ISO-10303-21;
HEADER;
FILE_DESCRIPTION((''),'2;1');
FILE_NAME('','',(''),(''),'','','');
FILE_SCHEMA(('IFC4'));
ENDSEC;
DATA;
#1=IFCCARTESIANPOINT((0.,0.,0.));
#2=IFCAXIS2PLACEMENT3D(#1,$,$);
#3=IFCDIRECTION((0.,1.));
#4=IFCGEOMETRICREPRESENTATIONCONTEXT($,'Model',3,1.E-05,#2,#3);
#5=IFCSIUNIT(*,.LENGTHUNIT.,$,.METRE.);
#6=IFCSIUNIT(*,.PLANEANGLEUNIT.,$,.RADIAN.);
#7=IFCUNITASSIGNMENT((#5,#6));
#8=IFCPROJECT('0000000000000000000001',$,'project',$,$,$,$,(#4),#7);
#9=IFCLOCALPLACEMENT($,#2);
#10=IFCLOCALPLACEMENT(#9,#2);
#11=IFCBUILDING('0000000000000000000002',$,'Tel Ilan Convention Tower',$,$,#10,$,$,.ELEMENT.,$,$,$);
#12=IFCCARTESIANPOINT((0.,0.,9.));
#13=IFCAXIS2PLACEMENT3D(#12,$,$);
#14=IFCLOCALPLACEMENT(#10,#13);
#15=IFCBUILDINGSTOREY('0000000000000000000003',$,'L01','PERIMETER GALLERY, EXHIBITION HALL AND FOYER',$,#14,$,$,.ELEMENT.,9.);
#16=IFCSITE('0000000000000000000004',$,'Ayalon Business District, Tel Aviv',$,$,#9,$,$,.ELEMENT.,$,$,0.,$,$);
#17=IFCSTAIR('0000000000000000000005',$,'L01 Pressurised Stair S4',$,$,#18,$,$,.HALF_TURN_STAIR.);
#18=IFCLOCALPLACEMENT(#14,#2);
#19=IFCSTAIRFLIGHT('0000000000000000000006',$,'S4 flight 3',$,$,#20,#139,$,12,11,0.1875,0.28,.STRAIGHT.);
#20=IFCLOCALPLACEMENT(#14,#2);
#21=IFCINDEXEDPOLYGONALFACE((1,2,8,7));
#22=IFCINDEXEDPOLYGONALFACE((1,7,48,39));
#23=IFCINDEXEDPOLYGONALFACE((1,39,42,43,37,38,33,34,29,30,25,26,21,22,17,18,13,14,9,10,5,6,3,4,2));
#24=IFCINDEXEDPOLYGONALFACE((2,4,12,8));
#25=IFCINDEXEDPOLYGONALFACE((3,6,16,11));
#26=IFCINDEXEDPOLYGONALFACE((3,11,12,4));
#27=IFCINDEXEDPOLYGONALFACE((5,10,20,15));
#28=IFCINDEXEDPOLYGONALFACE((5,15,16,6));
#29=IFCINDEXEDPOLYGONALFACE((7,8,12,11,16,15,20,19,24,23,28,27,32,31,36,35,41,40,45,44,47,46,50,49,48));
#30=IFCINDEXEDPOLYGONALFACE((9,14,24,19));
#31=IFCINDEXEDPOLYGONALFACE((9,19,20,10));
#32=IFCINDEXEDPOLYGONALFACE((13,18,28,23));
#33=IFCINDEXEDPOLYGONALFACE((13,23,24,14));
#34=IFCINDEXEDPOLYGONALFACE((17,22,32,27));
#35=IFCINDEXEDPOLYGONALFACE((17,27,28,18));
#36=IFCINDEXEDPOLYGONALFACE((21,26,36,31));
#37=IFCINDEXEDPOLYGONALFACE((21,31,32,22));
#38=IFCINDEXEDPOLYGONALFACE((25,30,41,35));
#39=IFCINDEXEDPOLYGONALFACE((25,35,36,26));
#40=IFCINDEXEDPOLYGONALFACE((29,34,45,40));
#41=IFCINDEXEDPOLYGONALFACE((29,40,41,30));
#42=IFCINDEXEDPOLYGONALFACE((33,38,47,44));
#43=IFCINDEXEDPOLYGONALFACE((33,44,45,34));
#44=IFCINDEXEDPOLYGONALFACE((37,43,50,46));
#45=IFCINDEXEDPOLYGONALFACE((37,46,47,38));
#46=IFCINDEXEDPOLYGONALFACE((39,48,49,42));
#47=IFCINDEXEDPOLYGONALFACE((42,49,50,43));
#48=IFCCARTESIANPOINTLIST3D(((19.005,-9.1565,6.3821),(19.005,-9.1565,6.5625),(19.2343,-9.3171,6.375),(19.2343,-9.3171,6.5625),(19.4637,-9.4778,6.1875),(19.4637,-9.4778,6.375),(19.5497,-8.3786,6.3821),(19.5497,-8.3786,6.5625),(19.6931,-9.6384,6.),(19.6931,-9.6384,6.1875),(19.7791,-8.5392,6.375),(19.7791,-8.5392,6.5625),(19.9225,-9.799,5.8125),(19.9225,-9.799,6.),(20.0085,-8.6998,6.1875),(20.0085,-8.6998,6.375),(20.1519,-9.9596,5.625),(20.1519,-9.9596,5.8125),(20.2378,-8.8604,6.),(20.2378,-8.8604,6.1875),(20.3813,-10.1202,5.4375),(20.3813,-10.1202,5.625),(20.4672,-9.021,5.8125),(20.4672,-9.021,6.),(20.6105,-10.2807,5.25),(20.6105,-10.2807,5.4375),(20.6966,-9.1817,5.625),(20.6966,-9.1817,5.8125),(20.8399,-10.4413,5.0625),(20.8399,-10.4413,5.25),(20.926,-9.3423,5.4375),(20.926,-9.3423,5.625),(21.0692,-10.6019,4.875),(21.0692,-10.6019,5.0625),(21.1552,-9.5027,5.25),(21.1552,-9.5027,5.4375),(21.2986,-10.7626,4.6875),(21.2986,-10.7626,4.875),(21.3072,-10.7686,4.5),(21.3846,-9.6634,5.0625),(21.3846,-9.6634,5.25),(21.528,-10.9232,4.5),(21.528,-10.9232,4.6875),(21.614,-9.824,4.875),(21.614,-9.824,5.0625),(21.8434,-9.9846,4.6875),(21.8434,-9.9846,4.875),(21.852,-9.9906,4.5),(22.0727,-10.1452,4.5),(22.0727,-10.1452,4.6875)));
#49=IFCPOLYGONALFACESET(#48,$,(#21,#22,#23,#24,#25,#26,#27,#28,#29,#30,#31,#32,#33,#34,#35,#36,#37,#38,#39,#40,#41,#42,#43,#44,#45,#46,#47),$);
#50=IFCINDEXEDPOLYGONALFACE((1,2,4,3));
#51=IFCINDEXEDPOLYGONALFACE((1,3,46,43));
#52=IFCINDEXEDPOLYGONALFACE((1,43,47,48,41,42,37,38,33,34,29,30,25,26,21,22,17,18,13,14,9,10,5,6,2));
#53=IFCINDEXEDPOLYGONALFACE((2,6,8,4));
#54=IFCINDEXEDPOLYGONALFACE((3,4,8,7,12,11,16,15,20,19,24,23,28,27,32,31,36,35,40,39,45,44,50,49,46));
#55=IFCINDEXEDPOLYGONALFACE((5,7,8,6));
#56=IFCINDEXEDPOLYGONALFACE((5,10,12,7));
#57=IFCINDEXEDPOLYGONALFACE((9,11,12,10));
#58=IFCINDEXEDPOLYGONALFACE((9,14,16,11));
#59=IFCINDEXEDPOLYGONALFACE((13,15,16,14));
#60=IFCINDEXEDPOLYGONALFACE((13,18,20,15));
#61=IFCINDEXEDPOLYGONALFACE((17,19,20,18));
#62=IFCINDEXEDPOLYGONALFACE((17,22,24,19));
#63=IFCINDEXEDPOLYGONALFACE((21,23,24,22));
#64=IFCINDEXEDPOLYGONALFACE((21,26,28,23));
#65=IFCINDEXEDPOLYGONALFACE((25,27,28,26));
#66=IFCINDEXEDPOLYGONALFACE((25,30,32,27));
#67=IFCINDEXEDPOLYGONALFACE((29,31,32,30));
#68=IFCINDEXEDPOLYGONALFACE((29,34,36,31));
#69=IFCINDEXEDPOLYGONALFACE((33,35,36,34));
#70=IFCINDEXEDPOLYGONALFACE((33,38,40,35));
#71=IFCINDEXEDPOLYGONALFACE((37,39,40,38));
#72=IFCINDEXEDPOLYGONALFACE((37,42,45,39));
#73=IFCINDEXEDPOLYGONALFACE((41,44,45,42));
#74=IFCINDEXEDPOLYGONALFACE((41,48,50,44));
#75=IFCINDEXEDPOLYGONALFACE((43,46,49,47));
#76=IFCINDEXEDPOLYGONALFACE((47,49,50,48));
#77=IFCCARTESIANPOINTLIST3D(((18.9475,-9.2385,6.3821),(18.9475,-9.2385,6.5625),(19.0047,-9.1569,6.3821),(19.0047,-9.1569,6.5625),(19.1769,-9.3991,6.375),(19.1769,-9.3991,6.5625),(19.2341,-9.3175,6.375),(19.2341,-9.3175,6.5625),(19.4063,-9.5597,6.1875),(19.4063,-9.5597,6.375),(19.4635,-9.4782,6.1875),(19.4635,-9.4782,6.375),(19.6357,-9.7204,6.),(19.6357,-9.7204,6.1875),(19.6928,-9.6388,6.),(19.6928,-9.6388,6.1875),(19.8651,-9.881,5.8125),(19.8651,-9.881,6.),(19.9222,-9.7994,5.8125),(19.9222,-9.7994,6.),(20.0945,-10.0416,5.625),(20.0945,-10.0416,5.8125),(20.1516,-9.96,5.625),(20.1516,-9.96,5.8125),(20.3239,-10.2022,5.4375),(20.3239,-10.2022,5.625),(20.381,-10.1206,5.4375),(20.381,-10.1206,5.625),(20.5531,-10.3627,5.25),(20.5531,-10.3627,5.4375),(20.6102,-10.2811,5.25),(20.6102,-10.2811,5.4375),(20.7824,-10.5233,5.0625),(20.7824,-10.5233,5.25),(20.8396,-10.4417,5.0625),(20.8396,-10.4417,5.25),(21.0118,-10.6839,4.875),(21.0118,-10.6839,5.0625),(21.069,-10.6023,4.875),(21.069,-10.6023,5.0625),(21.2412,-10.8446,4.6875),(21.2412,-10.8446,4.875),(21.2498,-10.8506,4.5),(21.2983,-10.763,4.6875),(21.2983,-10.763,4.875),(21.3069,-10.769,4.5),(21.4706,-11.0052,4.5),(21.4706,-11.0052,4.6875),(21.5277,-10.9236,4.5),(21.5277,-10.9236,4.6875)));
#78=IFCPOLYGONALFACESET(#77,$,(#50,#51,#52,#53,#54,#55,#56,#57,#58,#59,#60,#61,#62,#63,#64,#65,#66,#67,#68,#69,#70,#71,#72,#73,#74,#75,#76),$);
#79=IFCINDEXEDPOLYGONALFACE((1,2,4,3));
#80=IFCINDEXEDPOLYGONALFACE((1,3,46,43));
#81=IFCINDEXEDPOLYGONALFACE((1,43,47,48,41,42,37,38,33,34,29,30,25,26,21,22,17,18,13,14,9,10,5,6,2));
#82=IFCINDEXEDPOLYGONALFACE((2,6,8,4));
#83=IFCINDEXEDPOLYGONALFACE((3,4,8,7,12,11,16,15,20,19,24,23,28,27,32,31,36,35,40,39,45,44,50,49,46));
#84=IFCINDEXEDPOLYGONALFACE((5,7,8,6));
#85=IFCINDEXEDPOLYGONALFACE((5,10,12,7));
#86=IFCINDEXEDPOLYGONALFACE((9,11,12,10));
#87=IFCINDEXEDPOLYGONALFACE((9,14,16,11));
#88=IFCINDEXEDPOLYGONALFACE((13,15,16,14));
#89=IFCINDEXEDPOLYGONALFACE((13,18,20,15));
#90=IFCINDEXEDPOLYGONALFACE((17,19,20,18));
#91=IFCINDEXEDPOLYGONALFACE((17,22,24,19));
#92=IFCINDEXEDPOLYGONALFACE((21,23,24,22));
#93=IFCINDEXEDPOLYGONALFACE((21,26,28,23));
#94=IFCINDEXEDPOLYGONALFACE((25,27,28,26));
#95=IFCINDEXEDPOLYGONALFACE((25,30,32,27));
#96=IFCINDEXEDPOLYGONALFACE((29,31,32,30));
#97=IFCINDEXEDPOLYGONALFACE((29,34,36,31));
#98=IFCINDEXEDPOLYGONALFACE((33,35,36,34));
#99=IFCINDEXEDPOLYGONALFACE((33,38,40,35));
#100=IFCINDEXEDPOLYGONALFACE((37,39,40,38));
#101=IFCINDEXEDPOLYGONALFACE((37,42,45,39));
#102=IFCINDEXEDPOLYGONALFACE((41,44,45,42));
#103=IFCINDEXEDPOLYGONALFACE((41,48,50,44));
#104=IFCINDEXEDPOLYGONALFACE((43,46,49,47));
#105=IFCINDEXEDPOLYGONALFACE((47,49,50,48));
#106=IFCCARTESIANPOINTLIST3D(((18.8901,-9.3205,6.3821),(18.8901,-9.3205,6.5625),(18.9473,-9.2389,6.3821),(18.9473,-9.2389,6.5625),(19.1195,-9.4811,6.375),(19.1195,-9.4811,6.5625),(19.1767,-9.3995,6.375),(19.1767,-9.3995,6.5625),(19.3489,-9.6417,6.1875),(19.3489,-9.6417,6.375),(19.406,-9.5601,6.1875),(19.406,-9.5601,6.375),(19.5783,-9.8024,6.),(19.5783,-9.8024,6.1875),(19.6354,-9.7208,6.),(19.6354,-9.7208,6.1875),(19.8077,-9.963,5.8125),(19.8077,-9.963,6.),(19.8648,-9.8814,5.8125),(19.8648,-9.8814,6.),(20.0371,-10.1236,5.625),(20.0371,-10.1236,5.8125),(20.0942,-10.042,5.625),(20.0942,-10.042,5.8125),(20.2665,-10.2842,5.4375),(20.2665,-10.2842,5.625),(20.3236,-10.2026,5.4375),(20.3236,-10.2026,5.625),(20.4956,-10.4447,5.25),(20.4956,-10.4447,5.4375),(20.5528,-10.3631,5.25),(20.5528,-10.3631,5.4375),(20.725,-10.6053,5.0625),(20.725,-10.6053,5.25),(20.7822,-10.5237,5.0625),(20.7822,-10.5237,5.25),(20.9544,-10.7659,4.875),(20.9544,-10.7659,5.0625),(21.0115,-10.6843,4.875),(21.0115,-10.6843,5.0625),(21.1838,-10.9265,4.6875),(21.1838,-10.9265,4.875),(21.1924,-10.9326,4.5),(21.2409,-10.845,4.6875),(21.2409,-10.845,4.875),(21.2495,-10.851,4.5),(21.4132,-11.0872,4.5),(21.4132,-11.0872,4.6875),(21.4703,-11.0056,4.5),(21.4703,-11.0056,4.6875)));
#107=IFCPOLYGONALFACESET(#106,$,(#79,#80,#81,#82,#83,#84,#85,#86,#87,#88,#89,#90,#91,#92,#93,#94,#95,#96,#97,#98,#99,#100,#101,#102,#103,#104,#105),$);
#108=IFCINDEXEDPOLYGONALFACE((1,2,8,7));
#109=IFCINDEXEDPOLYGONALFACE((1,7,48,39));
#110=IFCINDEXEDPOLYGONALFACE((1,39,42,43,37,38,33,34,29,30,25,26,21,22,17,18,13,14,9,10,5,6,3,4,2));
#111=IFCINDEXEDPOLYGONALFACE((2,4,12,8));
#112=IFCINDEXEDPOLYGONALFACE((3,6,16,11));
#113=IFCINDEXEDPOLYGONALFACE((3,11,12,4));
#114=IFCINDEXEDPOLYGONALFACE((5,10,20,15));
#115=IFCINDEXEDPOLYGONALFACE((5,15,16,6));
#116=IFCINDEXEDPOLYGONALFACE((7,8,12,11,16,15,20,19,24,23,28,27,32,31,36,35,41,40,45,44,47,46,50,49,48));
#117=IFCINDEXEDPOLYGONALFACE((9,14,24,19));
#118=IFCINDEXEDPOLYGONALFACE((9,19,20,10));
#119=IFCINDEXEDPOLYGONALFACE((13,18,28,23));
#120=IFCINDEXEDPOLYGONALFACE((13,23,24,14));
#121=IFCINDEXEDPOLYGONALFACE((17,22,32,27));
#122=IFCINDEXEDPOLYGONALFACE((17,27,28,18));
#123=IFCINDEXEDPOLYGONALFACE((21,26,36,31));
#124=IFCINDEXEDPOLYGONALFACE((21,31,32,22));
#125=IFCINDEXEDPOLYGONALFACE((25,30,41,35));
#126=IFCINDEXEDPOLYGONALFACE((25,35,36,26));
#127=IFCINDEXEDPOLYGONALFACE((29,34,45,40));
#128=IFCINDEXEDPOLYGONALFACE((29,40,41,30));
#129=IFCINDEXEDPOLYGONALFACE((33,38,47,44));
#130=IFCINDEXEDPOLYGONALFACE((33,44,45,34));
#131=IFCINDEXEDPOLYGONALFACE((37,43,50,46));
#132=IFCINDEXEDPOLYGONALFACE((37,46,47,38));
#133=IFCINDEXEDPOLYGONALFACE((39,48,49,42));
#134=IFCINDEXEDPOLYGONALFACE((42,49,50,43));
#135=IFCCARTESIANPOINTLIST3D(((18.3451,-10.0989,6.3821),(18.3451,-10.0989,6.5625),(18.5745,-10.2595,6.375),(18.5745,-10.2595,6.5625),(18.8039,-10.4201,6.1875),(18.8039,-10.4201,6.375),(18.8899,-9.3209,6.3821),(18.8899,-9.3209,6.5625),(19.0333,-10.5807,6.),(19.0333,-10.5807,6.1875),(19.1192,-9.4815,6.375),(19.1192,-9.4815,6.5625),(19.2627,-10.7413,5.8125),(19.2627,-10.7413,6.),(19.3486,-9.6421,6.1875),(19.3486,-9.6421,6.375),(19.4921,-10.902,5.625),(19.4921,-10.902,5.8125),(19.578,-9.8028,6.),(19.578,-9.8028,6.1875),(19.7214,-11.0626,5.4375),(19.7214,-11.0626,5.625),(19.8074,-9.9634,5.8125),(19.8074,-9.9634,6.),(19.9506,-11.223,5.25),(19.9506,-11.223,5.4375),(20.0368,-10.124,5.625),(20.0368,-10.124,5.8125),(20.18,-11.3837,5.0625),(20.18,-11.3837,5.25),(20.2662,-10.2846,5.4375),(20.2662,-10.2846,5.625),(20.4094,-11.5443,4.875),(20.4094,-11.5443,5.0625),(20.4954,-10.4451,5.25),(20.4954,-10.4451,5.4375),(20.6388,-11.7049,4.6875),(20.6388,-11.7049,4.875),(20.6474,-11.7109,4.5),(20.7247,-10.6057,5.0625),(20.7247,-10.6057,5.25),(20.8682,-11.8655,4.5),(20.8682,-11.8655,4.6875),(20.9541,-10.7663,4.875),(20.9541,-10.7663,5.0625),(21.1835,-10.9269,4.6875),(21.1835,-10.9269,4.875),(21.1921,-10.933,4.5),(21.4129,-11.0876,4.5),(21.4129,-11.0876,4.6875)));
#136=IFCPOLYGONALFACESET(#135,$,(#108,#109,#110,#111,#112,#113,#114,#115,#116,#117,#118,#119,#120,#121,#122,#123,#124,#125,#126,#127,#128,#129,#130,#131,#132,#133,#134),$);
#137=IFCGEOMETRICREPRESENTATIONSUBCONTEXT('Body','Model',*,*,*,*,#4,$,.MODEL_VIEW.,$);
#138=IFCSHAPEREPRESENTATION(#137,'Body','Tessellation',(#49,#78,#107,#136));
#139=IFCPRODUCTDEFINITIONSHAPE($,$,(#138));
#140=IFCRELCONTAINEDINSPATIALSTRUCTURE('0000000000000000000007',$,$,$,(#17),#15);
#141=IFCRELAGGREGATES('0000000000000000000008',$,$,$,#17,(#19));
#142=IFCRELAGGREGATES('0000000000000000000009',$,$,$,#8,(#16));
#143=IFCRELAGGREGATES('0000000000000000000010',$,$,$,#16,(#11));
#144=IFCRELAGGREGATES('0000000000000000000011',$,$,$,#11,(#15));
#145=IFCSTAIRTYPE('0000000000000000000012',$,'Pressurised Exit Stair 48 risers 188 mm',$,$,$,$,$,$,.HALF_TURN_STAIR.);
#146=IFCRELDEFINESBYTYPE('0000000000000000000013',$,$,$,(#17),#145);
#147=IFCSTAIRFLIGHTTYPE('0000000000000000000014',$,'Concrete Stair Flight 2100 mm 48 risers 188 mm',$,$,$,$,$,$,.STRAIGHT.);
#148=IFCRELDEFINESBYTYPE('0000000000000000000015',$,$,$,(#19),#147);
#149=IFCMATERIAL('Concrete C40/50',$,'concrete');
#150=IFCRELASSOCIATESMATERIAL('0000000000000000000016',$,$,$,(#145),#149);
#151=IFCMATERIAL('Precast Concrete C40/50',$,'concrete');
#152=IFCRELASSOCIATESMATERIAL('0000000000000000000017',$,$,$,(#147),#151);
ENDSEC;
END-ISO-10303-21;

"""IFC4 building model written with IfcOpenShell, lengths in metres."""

from ifc_helpers import new_model, si_unit, direction, frame, origin, place, context, subcontext, project, spatial, polyline, outline, extrude, material, type_object, element, aggregate, save


model = new_model("IFC4")

# Units and contexts
model_context = context("Model", 3, precision=1e-05, world=origin(), true_north=direction((0.0, 1.0)))
body_context = subcontext(model_context, "Body", "Model", "MODEL_VIEW")
ifc_project = project(units=[si_unit("LENGTHUNIT", "METRE"), si_unit("PLANEANGLEUNIT", "RADIAN")], contexts=[model_context])

# Site, building, storey
site_placement = place(None, origin())
site = spatial("IfcSite", under=ifc_project, at=site_placement, Name="Ayalon Business District, Tel Aviv", CompositionType="ELEMENT", RefElevation=0.0)
building_placement = place(site_placement, origin())
building = spatial("IfcBuilding", under=site, at=building_placement, Name="Tel Ilan Convention Tower", CompositionType="ELEMENT")
storey_placement = place(building_placement, frame((0.0, 0.0, 9.0)))
storey = spatial("IfcBuildingStorey", under=building, at=storey_placement, Name="L01", Description="PERIMETER GALLERY, EXHIBITION HALL AND FOYER", CompositionType="ELEMENT", Elevation=9.0)

# Stair, stair flight
ifc_material_1 = material(Name="Concrete C40/50", Category="concrete")
stair_type = type_object("IfcStairType", Name="Pressurised Exit Stair 48 risers 188 mm", PredefinedType="HALF_TURN_STAIR", material=ifc_material_1)
stair_placement = place(storey_placement, origin())
stair = element("IfcStair", 1, at=stair_placement, inside=storey, type_object=stair_type, Name="L01 Pressurised Stair S4", PredefinedType="HALF_TURN_STAIR")
ifc_material_2 = material(Name="Precast Concrete C40/50", Category="concrete")
stair_flight_type = type_object("IfcStairFlightType", Name="Concrete Stair Flight 2100 mm 48 risers 188 mm", PredefinedType="STRAIGHT", material=ifc_material_2)
stair_flight_1_placement = place(storey_placement, frame((21.4705, -11.0054, 4.5), z_axis=(0.0, 0.0, 1.0), x_axis=(-0.819152, 0.573576, 0.0)))
stair_flight_1 = element("IfcStairFlight", 2, at=stair_flight_1_placement, type_object=stair_flight_type, Name="S4 flight 3", NumberOfRisers=12, NumberOfTreads=11, PredefinedType="STRAIGHT", RiserHeight=0.1875, TreadLength=0.28, context=body_context, shape_type="SweptSolid", body=[
    extrude(outline(polyline([(0.0, 0.0), (0.0, 0.1875), (0.28, 0.1875), (0.28, 0.375), (0.5601, 0.375), (0.5601, 0.5625), (0.8401, 0.5625), (0.8401, 0.75), (1.1201, 0.75), (1.1201, 0.9375), (1.3999, 0.9375), (1.3999, 1.125), (1.6799, 1.125), (1.6799, 1.3125), (1.96, 1.3125), (1.96, 1.5), (2.24, 1.5), (2.24, 1.6875), (2.52, 1.6875), (2.52, 1.875), (2.8, 1.875), (2.8, 2.0625), (3.0801, 2.0625), (3.0801, 2.25), (3.0801, 1.8821), (0.2695, 0.0), (0.0, 0.0)])), frame((0.0, -0.1003, 0.0), z_axis=(0.0, -1.0, 0.0), x_axis=(1.0, 0.0, 0.0)), (0.0, 0.0, 1.0), 0.9497),
    extrude(outline(polyline([(0.0, 0.0), (0.0, 0.1875), (0.28, 0.1875), (0.28, 0.375), (0.5601, 0.375), (0.5601, 0.5625), (0.8401, 0.5625), (0.8401, 0.75), (1.1201, 0.75), (1.1201, 0.9375), (1.3999, 0.9375), (1.3999, 1.125), (1.6799, 1.125), (1.6799, 1.3125), (1.96, 1.3125), (1.96, 1.5), (2.24, 1.5), (2.24, 1.6875), (2.52, 1.6875), (2.52, 1.875), (2.8, 1.875), (2.8, 2.0625), (3.0801, 2.0625), (3.0801, 2.25), (3.0801, 1.8821), (0.2695, 0.0), (0.0, 0.0)])), frame((0.0, -0.0002, 0.0), z_axis=(0.0, -1.0, 0.0), x_axis=(1.0, 0.0, 0.0)), (0.0, 0.0, 1.0), 0.0996),
    extrude(outline(polyline([(0.0, 0.0), (0.0, 0.1875), (0.28, 0.1875), (0.28, 0.375), (0.5601, 0.375), (0.5601, 0.5625), (0.8401, 0.5625), (0.8401, 0.75), (1.1201, 0.75), (1.1201, 0.9375), (1.3999, 0.9375), (1.3999, 1.125), (1.6799, 1.125), (1.6799, 1.3125), (1.96, 1.3125), (1.96, 1.5), (2.24, 1.5), (2.24, 1.6875), (2.52, 1.6875), (2.52, 1.875), (2.8, 1.875), (2.8, 2.0625), (3.0801, 2.0625), (3.0801, 2.25), (3.0801, 1.8821), (0.2695, 0.0), (0.0, 0.0)])), frame((0.0, 0.0999, 0.0), z_axis=(0.0, -1.0, 0.0), x_axis=(1.0, 0.0, 0.0)), (0.0, 0.0, 1.0), 0.0996),
    extrude(outline(polyline([(0.0, 0.0), (0.0, 0.1875), (0.28, 0.1875), (0.28, 0.375), (0.5601, 0.375), (0.5601, 0.5625), (0.8401, 0.5625), (0.8401, 0.75), (1.1201, 0.75), (1.1201, 0.9375), (1.3999, 0.9375), (1.3999, 1.125), (1.6799, 1.125), (1.6799, 1.3125), (1.96, 1.3125), (1.96, 1.5), (2.24, 1.5), (2.24, 1.6875), (2.52, 1.6875), (2.52, 1.875), (2.8, 1.875), (2.8, 2.0625), (3.0801, 2.0625), (3.0801, 2.25), (3.0801, 1.8821), (0.2695, 0.0), (0.0, 0.0)])), frame((0.0, 1.05, 0.0), z_axis=(0.0, -1.0, 0.0), x_axis=(1.0, 0.0, 0.0)), (0.0, 0.0, 1.0), 0.9497),
])
aggregate(stair, [stair_flight_1])

save(model, "model.ifc")
